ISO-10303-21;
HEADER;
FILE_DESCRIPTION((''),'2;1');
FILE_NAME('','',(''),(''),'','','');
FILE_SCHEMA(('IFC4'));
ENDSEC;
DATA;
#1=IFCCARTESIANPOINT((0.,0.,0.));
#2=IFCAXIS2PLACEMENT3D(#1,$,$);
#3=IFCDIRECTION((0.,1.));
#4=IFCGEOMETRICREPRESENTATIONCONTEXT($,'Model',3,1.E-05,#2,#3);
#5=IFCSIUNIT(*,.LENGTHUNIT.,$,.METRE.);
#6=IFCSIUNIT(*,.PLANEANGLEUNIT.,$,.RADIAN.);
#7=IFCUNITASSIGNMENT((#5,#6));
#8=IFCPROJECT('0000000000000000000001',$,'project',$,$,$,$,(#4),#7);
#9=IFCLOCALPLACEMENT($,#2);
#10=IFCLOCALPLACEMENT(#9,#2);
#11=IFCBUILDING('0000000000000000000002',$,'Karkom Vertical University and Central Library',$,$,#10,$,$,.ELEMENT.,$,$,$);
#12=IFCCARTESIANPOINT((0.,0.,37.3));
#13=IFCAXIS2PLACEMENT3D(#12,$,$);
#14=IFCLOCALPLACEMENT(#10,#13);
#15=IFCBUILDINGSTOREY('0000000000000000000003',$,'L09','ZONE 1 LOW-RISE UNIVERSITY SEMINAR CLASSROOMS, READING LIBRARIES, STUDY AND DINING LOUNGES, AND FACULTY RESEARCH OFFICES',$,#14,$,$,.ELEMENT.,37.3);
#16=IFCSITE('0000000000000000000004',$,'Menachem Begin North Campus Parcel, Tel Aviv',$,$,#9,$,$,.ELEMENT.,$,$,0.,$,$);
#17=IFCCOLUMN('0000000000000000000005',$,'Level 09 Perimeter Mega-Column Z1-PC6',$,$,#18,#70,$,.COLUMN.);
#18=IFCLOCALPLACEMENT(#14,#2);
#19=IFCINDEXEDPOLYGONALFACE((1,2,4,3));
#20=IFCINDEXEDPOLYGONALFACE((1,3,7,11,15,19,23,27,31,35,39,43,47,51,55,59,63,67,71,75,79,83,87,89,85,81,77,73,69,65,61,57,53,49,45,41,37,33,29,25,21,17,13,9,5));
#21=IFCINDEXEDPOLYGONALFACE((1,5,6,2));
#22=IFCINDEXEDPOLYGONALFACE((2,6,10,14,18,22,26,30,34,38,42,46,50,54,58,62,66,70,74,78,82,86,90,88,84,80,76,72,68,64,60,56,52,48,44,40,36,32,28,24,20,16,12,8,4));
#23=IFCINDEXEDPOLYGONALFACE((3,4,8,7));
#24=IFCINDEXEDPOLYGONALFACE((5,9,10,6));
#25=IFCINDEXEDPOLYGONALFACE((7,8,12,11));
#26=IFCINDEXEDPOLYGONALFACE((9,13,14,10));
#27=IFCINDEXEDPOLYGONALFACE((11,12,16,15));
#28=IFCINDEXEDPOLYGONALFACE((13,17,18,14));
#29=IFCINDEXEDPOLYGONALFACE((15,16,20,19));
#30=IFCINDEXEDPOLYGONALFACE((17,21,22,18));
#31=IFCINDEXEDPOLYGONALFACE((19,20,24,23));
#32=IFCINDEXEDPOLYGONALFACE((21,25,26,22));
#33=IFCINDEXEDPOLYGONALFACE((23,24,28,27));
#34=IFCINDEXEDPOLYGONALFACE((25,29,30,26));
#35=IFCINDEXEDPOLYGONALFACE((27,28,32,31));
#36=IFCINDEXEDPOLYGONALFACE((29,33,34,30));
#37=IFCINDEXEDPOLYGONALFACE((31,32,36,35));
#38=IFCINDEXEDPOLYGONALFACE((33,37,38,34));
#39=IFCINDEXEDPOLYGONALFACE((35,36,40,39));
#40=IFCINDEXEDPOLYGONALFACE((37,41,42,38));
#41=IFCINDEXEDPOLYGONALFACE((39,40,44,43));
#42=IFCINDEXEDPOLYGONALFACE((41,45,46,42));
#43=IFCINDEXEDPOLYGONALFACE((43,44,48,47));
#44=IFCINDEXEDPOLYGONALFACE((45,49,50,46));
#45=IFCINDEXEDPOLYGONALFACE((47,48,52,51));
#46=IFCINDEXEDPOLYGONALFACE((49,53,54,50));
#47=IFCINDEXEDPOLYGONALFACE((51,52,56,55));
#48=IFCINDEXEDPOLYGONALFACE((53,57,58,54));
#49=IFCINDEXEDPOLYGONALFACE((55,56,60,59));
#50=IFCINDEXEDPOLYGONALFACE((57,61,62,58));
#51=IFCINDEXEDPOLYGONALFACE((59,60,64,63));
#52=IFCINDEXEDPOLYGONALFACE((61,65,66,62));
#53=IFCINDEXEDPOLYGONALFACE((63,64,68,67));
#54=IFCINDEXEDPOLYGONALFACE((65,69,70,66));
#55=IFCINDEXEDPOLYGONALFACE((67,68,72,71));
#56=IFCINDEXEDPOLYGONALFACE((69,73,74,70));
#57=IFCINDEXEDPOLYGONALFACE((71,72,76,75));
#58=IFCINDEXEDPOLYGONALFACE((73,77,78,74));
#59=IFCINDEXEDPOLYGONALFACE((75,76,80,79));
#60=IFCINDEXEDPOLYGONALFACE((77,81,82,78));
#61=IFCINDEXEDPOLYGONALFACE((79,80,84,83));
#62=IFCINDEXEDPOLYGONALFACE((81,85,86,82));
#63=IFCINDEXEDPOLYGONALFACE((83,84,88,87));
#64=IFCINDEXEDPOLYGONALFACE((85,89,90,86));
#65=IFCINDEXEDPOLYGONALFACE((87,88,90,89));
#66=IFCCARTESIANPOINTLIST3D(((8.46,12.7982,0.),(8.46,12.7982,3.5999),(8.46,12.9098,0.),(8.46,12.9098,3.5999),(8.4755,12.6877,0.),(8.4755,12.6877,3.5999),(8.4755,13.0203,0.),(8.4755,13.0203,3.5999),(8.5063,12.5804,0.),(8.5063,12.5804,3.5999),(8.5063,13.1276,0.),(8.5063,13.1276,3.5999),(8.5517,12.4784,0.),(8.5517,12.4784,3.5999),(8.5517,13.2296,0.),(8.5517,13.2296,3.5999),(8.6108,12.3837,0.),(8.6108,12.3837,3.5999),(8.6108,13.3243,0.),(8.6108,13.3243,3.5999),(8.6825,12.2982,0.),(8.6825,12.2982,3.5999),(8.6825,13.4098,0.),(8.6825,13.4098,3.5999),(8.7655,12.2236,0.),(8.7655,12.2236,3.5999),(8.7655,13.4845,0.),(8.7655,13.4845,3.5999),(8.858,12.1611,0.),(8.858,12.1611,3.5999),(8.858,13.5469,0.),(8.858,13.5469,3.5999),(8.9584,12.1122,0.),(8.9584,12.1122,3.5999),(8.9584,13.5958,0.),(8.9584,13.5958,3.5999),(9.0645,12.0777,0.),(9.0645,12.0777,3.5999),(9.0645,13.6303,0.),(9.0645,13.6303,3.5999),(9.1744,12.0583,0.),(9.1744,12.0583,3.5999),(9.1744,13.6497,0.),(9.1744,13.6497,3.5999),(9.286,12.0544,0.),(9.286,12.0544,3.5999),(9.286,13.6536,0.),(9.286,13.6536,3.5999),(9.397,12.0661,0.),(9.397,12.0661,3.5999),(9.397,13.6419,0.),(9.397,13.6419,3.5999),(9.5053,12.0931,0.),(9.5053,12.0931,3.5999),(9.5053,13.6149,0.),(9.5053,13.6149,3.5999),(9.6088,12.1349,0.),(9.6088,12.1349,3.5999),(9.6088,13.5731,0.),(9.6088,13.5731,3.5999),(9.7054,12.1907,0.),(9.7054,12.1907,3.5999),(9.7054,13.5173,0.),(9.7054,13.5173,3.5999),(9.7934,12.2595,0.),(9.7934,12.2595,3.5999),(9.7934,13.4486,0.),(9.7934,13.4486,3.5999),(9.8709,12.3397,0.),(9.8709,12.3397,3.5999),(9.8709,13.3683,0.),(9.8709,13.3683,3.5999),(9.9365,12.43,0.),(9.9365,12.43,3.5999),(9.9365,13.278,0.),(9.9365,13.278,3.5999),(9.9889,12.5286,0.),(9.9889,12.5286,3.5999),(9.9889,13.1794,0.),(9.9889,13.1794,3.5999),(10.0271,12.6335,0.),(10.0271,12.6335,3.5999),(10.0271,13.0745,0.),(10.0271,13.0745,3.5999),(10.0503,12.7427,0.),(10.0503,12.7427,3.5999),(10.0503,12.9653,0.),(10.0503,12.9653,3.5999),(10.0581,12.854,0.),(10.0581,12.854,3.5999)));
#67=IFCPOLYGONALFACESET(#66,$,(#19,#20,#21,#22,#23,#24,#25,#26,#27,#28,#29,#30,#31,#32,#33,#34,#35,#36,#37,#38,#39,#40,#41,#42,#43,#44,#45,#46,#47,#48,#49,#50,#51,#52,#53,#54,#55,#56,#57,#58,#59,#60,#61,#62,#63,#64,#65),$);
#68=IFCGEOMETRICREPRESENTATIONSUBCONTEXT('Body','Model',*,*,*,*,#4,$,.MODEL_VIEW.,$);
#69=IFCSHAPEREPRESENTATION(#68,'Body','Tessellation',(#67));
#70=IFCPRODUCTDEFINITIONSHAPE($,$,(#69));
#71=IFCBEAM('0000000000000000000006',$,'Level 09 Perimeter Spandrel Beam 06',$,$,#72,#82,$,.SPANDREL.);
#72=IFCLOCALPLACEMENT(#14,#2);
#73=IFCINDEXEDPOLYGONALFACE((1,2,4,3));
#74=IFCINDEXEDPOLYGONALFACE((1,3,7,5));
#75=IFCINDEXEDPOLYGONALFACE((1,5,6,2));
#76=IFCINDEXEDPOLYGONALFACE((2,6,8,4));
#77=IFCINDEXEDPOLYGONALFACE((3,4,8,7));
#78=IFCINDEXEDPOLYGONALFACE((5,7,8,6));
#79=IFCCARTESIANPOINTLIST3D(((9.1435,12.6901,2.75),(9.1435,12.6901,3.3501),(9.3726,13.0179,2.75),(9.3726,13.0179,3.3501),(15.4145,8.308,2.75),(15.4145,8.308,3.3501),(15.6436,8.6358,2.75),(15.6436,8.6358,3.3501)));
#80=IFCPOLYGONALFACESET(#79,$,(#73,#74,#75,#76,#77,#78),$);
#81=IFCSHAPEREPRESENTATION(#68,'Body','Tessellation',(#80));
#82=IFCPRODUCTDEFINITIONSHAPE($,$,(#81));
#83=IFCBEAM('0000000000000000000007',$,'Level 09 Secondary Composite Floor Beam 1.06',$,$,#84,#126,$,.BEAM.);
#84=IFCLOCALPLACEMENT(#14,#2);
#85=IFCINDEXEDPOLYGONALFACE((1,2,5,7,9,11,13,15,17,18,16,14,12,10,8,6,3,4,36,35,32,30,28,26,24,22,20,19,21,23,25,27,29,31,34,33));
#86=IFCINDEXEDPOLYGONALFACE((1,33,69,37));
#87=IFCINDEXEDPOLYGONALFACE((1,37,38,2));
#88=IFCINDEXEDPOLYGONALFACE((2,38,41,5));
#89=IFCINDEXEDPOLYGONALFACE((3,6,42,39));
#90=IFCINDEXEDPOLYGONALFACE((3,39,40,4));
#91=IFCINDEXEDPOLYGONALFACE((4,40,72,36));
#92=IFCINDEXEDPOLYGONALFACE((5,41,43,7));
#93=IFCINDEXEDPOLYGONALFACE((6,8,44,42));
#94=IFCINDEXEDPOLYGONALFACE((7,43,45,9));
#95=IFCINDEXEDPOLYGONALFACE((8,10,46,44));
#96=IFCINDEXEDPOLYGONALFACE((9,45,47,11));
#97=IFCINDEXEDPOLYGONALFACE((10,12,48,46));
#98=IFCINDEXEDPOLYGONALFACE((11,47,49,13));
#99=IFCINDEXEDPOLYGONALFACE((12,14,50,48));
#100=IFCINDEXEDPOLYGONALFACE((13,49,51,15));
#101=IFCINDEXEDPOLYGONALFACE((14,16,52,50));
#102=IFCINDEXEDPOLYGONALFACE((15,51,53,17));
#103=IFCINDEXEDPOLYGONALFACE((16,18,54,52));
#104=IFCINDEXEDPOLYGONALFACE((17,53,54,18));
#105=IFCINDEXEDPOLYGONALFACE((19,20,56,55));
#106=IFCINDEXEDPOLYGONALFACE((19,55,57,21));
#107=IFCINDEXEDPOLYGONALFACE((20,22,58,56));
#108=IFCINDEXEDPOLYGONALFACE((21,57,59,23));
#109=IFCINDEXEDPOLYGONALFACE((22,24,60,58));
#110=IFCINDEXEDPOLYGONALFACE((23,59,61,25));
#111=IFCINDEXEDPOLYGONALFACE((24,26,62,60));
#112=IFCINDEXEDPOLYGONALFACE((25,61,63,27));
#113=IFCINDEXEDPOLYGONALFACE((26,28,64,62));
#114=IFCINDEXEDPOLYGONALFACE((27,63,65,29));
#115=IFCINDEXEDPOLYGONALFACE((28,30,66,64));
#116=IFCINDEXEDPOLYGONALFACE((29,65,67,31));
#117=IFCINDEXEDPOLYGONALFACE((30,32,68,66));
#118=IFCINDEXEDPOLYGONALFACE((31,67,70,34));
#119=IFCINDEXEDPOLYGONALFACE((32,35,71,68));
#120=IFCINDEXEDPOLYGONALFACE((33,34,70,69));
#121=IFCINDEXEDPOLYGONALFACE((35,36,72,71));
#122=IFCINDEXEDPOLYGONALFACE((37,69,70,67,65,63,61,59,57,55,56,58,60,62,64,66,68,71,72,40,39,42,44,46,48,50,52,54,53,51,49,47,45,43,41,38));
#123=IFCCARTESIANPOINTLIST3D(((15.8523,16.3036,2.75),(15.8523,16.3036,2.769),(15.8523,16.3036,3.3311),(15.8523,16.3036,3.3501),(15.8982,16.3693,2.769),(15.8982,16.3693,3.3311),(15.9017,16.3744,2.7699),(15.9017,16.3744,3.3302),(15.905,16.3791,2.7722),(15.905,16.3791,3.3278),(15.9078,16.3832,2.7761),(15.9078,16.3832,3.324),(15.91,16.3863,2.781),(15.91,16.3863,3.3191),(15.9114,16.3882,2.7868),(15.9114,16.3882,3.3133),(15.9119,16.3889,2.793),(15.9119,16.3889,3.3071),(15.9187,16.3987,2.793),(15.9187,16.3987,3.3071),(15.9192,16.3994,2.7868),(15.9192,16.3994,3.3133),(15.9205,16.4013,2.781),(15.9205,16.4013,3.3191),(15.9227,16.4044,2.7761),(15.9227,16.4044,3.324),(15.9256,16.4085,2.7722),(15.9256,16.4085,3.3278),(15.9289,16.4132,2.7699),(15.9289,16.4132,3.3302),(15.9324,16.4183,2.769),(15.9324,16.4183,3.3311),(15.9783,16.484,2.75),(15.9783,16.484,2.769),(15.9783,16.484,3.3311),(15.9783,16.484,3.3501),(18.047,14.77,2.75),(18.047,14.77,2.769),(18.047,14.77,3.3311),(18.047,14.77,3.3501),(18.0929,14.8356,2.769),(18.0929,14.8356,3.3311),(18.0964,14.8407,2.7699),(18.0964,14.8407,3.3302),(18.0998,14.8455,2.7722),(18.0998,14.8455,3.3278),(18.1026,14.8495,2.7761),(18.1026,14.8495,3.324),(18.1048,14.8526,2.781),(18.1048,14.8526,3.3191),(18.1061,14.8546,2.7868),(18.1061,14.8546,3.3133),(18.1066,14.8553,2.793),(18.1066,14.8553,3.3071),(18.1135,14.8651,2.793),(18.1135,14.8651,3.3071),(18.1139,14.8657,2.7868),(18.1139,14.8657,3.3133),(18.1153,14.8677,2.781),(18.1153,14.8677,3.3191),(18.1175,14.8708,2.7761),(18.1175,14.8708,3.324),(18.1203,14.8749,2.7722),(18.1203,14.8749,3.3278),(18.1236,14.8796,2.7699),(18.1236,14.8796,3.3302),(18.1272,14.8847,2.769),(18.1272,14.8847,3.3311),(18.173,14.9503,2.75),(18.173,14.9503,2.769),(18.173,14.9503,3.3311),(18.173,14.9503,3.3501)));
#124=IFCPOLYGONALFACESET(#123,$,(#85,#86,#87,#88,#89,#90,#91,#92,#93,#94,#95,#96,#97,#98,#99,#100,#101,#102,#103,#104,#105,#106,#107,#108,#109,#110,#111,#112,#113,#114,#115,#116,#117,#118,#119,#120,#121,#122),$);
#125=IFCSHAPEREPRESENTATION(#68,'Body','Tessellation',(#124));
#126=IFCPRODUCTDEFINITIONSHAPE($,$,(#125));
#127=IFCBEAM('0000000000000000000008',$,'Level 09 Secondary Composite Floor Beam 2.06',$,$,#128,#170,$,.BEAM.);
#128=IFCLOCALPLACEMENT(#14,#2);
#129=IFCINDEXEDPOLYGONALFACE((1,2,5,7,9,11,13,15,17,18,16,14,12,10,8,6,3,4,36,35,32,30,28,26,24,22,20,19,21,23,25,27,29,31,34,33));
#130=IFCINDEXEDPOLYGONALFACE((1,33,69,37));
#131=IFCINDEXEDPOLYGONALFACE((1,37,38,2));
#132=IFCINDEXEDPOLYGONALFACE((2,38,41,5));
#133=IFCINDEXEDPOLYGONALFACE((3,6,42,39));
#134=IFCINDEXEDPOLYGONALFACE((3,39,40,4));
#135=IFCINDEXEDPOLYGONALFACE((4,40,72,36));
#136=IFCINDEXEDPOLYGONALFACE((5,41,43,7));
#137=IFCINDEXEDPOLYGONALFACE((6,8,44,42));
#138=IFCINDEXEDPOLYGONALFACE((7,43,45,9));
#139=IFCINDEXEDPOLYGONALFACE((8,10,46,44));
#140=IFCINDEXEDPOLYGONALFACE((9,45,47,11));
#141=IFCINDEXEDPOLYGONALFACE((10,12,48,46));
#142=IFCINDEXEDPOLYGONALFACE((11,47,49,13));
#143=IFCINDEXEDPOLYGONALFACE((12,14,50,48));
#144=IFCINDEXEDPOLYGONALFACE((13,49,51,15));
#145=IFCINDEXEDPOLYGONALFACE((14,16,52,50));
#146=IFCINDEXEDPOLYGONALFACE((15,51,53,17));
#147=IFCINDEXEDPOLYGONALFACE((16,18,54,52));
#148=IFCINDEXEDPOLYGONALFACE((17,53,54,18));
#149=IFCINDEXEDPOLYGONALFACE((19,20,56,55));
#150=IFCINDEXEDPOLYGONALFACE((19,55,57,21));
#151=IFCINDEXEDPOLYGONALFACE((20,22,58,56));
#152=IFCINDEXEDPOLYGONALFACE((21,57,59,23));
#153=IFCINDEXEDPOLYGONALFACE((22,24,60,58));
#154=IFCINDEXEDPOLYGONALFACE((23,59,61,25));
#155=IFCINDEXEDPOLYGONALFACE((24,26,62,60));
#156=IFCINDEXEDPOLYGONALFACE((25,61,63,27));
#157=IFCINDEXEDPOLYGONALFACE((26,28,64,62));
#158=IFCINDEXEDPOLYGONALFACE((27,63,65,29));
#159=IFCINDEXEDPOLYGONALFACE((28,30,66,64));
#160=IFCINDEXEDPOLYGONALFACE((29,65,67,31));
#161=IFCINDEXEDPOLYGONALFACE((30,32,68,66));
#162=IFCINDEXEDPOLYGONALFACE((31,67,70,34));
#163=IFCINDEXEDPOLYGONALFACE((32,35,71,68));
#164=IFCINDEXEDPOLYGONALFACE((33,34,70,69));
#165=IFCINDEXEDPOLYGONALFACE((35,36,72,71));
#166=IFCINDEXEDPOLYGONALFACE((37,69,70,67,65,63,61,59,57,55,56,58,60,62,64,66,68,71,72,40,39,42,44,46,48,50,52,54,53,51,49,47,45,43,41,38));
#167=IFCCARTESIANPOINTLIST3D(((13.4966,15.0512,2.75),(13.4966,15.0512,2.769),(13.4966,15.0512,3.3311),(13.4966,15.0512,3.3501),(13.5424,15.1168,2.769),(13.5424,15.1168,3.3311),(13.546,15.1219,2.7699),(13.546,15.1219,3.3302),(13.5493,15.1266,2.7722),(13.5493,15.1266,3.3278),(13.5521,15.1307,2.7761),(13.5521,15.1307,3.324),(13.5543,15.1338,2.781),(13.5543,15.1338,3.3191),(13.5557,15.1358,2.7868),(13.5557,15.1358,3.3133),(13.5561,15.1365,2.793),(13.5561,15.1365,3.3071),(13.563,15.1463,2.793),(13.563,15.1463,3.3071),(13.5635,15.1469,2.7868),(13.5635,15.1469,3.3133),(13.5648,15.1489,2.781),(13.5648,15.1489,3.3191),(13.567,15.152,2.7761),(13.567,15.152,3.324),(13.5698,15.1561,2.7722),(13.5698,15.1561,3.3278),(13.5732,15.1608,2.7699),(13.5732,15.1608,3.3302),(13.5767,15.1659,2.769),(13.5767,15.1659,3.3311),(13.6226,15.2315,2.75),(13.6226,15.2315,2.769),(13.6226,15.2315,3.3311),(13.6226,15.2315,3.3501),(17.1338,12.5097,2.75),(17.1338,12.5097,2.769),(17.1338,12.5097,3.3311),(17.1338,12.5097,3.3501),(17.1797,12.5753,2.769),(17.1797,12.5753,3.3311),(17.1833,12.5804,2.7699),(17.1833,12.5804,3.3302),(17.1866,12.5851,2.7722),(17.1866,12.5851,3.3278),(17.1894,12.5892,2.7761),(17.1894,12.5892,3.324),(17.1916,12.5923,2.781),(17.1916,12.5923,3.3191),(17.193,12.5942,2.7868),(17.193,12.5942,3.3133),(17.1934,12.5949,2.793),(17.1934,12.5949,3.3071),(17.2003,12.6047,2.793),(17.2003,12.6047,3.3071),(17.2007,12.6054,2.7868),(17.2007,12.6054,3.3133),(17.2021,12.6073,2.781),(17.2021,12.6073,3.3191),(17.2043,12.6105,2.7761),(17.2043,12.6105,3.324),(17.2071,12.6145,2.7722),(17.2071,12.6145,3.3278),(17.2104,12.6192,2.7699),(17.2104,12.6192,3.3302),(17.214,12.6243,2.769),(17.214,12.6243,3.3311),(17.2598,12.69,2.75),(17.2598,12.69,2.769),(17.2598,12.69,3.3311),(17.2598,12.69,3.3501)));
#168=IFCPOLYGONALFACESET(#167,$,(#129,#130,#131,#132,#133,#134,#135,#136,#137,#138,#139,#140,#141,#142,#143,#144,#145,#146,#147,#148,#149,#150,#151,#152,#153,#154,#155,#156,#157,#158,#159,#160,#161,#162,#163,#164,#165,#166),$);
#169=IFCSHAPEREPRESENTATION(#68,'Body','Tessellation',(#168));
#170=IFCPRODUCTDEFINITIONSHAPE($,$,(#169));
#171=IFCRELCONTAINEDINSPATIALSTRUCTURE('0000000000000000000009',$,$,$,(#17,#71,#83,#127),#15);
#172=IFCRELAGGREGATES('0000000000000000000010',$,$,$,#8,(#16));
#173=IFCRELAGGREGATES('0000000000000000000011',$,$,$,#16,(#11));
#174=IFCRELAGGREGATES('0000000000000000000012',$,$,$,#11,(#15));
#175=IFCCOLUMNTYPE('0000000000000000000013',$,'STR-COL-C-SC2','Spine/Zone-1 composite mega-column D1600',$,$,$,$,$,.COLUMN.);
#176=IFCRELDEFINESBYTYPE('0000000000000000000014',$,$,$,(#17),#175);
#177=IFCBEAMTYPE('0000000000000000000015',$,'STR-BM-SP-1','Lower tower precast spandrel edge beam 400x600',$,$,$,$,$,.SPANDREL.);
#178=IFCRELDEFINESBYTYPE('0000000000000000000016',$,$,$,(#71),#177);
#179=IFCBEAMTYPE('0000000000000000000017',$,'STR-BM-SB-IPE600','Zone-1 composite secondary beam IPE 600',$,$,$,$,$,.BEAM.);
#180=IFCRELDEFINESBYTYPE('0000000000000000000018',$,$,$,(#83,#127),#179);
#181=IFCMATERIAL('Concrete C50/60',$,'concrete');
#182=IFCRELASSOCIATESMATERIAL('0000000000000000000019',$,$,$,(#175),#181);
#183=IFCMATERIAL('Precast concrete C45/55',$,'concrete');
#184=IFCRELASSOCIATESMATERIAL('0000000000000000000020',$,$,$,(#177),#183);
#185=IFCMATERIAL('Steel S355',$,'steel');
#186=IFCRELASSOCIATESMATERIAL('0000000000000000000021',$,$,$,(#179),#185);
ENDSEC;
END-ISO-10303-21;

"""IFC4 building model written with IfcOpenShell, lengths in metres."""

from ifc_helpers import new_model, si_unit, direction, frame, origin, origin_with_axes, origin_2d, place, context, subcontext, project, spatial, rectangle, circle, i_section, extrude, source, transform, mapped, material, material_profile, profile_set, type_object, element, save


model = new_model("IFC4")

# Units and contexts
model_context = context("Model", 3, precision=1e-05, world=origin(), true_north=direction((0.0, 1.0)))
body_context = subcontext(model_context, "Body", "Model", "MODEL_VIEW")
ifc_project = project(units=[si_unit("LENGTHUNIT", "METRE"), si_unit("PLANEANGLEUNIT", "RADIAN")], contexts=[model_context])

# Site, building, storey
site_placement = place(None, origin())
site = spatial("IfcSite", under=ifc_project, at=site_placement, Name="Menachem Begin North Campus Parcel, Tel Aviv", CompositionType="ELEMENT", RefElevation=0.0)
building_placement = place(site_placement, origin())
building = spatial("IfcBuilding", under=site, at=building_placement, Name="Karkom Vertical University and Central Library", CompositionType="ELEMENT")
storey_placement = place(building_placement, frame((0.0, 0.0, 37.3)))
storey = spatial("IfcBuildingStorey", under=building, at=storey_placement, Name="L09", Description="ZONE 1 LOW-RISE UNIVERSITY SEMINAR CLASSROOMS, READING LIBRARIES, STUDY AND DINING LOUNGES, AND FACULTY RESEARCH OFFICES", CompositionType="ELEMENT", Elevation=37.3)

# Column
ifc_material_1 = material(Name="Concrete C50/60", Category="concrete")
ifc_material_profile_1 = material_profile(ifc_material_1, circle(Radius=0.8, at=origin_2d()), Name="CFT-D1600")
ifc_profile_set_1 = profile_set([ifc_material_profile_1], Name="Concrete C50/60")
column_type = type_object("IfcColumnType", Name="STR-COL-C-SC2", Description="Spine/Zone-1 composite mega-column D1600", PredefinedType="COLUMN", material=ifc_profile_set_1)
shared_shape_1 = source(origin_with_axes(), body_context, "Body", "SweptSolid", [
    extrude(circle(Radius=0.8, at=origin_2d()), origin(), (0.0, 0.0, 1.0), 3.5999),
])
column_placement = place(storey_placement, frame((9.2581, 12.854, 0.0), z_axis=(0.0, 0.0, 1.0), x_axis=(1.0, 0.0, 0.0)))
element("IfcColumn", 1, at=column_placement, inside=storey, type_object=column_type, Name="Level 09 Perimeter Mega-Column Z1-PC6", PredefinedType="COLUMN", context=body_context, shape_type="MappedRepresentation", body=[
    mapped(shared_shape_1, transform((0.0, 0.0, 0.0), scale=1.0)),
])

# Beams
ifc_material_2 = material(Name="Precast concrete C45/55", Category="concrete")
ifc_material_profile_2 = material_profile(ifc_material_2, rectangle(XDim=0.3999, YDim=0.6001, at=origin_2d()), Name="SPB-400x600")
ifc_profile_set_2 = profile_set([ifc_material_profile_2], Name="Precast concrete C45/55")
beam_type_1 = type_object("IfcBeamType", Name="STR-BM-SP-1", Description="Lower tower precast spandrel edge beam 400x600", PredefinedType="SPANDREL", material=ifc_profile_set_2)
shared_shape_2 = source(origin_with_axes(), body_context, "Body", "SweptSolid", [
    extrude(rectangle(XDim=0.3999, YDim=0.6001, at=origin_2d()), origin(), (0.0, 0.0, 1.0), 7.6504),
])
beam_1_placement = place(storey_placement, frame((9.2581, 12.854, 3.05), z_axis=(0.819699, -0.572794, 0.0), x_axis=(0.572794, 0.819699, 0.0)))
element("IfcBeam", 2, at=beam_1_placement, inside=storey, type_object=beam_type_1, Name="Level 09 Perimeter Spandrel Beam 06", PredefinedType="SPANDREL", context=body_context, shape_type="MappedRepresentation", body=[
    mapped(shared_shape_2, transform((0.0, 0.0, 0.0), scale=1.0)),
])
ifc_material_3 = material(Name="Steel S355", Category="steel")
ifc_material_profile_3 = material_profile(ifc_material_3, i_section(OverallWidth=0.22, OverallDepth=0.6001, WebThickness=0.012, FlangeThickness=0.019, FilletRadius=0.0239, at=origin_2d()), Name="IPE 600")
ifc_profile_set_3 = profile_set([ifc_material_profile_3], Name="Steel S355")
beam_type_2 = type_object("IfcBeamType", Name="STR-BM-SB-IPE600", Description="Zone-1 composite secondary beam IPE 600", PredefinedType="BEAM", material=ifc_profile_set_3)
shared_shape_3 = source(origin_with_axes(), body_context, "Body", "SweptSolid", [
    extrude(i_section(OverallWidth=0.22, OverallDepth=0.6001, WebThickness=0.012, FlangeThickness=0.019, FilletRadius=0.0239, at=origin_2d()), origin(), (0.0, 0.0, 1.0), 2.6775),
])
beam_2_placement = place(storey_placement, frame((15.9153, 16.3938, 3.05), z_axis=(0.819703, -0.572789, 0.0), x_axis=(0.572789, 0.819703, 0.0)))
element("IfcBeam", 3, at=beam_2_placement, inside=storey, type_object=beam_type_2, Name="Level 09 Secondary Composite Floor Beam 1.06", PredefinedType="BEAM", context=body_context, shape_type="MappedRepresentation", body=[
    mapped(shared_shape_3, transform((0.0, 0.0, 0.0), scale=1.0)),
])
shared_shape_4 = source(origin_with_axes(), body_context, "Body", "SweptSolid", [
    extrude(i_section(OverallWidth=0.22, OverallDepth=0.6001, WebThickness=0.012, FlangeThickness=0.019, FilletRadius=0.0239, at=origin_2d()), origin(), (0.0, 0.0, 1.0), 4.4373),
])
beam_3_placement = place(storey_placement, frame((13.5596, 15.1414, 3.05), z_axis=(0.819712, -0.572775, 0.0), x_axis=(0.572775, 0.819712, 0.0)))
element("IfcBeam", 4, at=beam_3_placement, inside=storey, type_object=beam_type_2, Name="Level 09 Secondary Composite Floor Beam 2.06", PredefinedType="BEAM", context=body_context, shape_type="MappedRepresentation", body=[
    mapped(shared_shape_4, transform((0.0, 0.0, 0.0), scale=1.0)),
])

save(model, "model.ifc")
